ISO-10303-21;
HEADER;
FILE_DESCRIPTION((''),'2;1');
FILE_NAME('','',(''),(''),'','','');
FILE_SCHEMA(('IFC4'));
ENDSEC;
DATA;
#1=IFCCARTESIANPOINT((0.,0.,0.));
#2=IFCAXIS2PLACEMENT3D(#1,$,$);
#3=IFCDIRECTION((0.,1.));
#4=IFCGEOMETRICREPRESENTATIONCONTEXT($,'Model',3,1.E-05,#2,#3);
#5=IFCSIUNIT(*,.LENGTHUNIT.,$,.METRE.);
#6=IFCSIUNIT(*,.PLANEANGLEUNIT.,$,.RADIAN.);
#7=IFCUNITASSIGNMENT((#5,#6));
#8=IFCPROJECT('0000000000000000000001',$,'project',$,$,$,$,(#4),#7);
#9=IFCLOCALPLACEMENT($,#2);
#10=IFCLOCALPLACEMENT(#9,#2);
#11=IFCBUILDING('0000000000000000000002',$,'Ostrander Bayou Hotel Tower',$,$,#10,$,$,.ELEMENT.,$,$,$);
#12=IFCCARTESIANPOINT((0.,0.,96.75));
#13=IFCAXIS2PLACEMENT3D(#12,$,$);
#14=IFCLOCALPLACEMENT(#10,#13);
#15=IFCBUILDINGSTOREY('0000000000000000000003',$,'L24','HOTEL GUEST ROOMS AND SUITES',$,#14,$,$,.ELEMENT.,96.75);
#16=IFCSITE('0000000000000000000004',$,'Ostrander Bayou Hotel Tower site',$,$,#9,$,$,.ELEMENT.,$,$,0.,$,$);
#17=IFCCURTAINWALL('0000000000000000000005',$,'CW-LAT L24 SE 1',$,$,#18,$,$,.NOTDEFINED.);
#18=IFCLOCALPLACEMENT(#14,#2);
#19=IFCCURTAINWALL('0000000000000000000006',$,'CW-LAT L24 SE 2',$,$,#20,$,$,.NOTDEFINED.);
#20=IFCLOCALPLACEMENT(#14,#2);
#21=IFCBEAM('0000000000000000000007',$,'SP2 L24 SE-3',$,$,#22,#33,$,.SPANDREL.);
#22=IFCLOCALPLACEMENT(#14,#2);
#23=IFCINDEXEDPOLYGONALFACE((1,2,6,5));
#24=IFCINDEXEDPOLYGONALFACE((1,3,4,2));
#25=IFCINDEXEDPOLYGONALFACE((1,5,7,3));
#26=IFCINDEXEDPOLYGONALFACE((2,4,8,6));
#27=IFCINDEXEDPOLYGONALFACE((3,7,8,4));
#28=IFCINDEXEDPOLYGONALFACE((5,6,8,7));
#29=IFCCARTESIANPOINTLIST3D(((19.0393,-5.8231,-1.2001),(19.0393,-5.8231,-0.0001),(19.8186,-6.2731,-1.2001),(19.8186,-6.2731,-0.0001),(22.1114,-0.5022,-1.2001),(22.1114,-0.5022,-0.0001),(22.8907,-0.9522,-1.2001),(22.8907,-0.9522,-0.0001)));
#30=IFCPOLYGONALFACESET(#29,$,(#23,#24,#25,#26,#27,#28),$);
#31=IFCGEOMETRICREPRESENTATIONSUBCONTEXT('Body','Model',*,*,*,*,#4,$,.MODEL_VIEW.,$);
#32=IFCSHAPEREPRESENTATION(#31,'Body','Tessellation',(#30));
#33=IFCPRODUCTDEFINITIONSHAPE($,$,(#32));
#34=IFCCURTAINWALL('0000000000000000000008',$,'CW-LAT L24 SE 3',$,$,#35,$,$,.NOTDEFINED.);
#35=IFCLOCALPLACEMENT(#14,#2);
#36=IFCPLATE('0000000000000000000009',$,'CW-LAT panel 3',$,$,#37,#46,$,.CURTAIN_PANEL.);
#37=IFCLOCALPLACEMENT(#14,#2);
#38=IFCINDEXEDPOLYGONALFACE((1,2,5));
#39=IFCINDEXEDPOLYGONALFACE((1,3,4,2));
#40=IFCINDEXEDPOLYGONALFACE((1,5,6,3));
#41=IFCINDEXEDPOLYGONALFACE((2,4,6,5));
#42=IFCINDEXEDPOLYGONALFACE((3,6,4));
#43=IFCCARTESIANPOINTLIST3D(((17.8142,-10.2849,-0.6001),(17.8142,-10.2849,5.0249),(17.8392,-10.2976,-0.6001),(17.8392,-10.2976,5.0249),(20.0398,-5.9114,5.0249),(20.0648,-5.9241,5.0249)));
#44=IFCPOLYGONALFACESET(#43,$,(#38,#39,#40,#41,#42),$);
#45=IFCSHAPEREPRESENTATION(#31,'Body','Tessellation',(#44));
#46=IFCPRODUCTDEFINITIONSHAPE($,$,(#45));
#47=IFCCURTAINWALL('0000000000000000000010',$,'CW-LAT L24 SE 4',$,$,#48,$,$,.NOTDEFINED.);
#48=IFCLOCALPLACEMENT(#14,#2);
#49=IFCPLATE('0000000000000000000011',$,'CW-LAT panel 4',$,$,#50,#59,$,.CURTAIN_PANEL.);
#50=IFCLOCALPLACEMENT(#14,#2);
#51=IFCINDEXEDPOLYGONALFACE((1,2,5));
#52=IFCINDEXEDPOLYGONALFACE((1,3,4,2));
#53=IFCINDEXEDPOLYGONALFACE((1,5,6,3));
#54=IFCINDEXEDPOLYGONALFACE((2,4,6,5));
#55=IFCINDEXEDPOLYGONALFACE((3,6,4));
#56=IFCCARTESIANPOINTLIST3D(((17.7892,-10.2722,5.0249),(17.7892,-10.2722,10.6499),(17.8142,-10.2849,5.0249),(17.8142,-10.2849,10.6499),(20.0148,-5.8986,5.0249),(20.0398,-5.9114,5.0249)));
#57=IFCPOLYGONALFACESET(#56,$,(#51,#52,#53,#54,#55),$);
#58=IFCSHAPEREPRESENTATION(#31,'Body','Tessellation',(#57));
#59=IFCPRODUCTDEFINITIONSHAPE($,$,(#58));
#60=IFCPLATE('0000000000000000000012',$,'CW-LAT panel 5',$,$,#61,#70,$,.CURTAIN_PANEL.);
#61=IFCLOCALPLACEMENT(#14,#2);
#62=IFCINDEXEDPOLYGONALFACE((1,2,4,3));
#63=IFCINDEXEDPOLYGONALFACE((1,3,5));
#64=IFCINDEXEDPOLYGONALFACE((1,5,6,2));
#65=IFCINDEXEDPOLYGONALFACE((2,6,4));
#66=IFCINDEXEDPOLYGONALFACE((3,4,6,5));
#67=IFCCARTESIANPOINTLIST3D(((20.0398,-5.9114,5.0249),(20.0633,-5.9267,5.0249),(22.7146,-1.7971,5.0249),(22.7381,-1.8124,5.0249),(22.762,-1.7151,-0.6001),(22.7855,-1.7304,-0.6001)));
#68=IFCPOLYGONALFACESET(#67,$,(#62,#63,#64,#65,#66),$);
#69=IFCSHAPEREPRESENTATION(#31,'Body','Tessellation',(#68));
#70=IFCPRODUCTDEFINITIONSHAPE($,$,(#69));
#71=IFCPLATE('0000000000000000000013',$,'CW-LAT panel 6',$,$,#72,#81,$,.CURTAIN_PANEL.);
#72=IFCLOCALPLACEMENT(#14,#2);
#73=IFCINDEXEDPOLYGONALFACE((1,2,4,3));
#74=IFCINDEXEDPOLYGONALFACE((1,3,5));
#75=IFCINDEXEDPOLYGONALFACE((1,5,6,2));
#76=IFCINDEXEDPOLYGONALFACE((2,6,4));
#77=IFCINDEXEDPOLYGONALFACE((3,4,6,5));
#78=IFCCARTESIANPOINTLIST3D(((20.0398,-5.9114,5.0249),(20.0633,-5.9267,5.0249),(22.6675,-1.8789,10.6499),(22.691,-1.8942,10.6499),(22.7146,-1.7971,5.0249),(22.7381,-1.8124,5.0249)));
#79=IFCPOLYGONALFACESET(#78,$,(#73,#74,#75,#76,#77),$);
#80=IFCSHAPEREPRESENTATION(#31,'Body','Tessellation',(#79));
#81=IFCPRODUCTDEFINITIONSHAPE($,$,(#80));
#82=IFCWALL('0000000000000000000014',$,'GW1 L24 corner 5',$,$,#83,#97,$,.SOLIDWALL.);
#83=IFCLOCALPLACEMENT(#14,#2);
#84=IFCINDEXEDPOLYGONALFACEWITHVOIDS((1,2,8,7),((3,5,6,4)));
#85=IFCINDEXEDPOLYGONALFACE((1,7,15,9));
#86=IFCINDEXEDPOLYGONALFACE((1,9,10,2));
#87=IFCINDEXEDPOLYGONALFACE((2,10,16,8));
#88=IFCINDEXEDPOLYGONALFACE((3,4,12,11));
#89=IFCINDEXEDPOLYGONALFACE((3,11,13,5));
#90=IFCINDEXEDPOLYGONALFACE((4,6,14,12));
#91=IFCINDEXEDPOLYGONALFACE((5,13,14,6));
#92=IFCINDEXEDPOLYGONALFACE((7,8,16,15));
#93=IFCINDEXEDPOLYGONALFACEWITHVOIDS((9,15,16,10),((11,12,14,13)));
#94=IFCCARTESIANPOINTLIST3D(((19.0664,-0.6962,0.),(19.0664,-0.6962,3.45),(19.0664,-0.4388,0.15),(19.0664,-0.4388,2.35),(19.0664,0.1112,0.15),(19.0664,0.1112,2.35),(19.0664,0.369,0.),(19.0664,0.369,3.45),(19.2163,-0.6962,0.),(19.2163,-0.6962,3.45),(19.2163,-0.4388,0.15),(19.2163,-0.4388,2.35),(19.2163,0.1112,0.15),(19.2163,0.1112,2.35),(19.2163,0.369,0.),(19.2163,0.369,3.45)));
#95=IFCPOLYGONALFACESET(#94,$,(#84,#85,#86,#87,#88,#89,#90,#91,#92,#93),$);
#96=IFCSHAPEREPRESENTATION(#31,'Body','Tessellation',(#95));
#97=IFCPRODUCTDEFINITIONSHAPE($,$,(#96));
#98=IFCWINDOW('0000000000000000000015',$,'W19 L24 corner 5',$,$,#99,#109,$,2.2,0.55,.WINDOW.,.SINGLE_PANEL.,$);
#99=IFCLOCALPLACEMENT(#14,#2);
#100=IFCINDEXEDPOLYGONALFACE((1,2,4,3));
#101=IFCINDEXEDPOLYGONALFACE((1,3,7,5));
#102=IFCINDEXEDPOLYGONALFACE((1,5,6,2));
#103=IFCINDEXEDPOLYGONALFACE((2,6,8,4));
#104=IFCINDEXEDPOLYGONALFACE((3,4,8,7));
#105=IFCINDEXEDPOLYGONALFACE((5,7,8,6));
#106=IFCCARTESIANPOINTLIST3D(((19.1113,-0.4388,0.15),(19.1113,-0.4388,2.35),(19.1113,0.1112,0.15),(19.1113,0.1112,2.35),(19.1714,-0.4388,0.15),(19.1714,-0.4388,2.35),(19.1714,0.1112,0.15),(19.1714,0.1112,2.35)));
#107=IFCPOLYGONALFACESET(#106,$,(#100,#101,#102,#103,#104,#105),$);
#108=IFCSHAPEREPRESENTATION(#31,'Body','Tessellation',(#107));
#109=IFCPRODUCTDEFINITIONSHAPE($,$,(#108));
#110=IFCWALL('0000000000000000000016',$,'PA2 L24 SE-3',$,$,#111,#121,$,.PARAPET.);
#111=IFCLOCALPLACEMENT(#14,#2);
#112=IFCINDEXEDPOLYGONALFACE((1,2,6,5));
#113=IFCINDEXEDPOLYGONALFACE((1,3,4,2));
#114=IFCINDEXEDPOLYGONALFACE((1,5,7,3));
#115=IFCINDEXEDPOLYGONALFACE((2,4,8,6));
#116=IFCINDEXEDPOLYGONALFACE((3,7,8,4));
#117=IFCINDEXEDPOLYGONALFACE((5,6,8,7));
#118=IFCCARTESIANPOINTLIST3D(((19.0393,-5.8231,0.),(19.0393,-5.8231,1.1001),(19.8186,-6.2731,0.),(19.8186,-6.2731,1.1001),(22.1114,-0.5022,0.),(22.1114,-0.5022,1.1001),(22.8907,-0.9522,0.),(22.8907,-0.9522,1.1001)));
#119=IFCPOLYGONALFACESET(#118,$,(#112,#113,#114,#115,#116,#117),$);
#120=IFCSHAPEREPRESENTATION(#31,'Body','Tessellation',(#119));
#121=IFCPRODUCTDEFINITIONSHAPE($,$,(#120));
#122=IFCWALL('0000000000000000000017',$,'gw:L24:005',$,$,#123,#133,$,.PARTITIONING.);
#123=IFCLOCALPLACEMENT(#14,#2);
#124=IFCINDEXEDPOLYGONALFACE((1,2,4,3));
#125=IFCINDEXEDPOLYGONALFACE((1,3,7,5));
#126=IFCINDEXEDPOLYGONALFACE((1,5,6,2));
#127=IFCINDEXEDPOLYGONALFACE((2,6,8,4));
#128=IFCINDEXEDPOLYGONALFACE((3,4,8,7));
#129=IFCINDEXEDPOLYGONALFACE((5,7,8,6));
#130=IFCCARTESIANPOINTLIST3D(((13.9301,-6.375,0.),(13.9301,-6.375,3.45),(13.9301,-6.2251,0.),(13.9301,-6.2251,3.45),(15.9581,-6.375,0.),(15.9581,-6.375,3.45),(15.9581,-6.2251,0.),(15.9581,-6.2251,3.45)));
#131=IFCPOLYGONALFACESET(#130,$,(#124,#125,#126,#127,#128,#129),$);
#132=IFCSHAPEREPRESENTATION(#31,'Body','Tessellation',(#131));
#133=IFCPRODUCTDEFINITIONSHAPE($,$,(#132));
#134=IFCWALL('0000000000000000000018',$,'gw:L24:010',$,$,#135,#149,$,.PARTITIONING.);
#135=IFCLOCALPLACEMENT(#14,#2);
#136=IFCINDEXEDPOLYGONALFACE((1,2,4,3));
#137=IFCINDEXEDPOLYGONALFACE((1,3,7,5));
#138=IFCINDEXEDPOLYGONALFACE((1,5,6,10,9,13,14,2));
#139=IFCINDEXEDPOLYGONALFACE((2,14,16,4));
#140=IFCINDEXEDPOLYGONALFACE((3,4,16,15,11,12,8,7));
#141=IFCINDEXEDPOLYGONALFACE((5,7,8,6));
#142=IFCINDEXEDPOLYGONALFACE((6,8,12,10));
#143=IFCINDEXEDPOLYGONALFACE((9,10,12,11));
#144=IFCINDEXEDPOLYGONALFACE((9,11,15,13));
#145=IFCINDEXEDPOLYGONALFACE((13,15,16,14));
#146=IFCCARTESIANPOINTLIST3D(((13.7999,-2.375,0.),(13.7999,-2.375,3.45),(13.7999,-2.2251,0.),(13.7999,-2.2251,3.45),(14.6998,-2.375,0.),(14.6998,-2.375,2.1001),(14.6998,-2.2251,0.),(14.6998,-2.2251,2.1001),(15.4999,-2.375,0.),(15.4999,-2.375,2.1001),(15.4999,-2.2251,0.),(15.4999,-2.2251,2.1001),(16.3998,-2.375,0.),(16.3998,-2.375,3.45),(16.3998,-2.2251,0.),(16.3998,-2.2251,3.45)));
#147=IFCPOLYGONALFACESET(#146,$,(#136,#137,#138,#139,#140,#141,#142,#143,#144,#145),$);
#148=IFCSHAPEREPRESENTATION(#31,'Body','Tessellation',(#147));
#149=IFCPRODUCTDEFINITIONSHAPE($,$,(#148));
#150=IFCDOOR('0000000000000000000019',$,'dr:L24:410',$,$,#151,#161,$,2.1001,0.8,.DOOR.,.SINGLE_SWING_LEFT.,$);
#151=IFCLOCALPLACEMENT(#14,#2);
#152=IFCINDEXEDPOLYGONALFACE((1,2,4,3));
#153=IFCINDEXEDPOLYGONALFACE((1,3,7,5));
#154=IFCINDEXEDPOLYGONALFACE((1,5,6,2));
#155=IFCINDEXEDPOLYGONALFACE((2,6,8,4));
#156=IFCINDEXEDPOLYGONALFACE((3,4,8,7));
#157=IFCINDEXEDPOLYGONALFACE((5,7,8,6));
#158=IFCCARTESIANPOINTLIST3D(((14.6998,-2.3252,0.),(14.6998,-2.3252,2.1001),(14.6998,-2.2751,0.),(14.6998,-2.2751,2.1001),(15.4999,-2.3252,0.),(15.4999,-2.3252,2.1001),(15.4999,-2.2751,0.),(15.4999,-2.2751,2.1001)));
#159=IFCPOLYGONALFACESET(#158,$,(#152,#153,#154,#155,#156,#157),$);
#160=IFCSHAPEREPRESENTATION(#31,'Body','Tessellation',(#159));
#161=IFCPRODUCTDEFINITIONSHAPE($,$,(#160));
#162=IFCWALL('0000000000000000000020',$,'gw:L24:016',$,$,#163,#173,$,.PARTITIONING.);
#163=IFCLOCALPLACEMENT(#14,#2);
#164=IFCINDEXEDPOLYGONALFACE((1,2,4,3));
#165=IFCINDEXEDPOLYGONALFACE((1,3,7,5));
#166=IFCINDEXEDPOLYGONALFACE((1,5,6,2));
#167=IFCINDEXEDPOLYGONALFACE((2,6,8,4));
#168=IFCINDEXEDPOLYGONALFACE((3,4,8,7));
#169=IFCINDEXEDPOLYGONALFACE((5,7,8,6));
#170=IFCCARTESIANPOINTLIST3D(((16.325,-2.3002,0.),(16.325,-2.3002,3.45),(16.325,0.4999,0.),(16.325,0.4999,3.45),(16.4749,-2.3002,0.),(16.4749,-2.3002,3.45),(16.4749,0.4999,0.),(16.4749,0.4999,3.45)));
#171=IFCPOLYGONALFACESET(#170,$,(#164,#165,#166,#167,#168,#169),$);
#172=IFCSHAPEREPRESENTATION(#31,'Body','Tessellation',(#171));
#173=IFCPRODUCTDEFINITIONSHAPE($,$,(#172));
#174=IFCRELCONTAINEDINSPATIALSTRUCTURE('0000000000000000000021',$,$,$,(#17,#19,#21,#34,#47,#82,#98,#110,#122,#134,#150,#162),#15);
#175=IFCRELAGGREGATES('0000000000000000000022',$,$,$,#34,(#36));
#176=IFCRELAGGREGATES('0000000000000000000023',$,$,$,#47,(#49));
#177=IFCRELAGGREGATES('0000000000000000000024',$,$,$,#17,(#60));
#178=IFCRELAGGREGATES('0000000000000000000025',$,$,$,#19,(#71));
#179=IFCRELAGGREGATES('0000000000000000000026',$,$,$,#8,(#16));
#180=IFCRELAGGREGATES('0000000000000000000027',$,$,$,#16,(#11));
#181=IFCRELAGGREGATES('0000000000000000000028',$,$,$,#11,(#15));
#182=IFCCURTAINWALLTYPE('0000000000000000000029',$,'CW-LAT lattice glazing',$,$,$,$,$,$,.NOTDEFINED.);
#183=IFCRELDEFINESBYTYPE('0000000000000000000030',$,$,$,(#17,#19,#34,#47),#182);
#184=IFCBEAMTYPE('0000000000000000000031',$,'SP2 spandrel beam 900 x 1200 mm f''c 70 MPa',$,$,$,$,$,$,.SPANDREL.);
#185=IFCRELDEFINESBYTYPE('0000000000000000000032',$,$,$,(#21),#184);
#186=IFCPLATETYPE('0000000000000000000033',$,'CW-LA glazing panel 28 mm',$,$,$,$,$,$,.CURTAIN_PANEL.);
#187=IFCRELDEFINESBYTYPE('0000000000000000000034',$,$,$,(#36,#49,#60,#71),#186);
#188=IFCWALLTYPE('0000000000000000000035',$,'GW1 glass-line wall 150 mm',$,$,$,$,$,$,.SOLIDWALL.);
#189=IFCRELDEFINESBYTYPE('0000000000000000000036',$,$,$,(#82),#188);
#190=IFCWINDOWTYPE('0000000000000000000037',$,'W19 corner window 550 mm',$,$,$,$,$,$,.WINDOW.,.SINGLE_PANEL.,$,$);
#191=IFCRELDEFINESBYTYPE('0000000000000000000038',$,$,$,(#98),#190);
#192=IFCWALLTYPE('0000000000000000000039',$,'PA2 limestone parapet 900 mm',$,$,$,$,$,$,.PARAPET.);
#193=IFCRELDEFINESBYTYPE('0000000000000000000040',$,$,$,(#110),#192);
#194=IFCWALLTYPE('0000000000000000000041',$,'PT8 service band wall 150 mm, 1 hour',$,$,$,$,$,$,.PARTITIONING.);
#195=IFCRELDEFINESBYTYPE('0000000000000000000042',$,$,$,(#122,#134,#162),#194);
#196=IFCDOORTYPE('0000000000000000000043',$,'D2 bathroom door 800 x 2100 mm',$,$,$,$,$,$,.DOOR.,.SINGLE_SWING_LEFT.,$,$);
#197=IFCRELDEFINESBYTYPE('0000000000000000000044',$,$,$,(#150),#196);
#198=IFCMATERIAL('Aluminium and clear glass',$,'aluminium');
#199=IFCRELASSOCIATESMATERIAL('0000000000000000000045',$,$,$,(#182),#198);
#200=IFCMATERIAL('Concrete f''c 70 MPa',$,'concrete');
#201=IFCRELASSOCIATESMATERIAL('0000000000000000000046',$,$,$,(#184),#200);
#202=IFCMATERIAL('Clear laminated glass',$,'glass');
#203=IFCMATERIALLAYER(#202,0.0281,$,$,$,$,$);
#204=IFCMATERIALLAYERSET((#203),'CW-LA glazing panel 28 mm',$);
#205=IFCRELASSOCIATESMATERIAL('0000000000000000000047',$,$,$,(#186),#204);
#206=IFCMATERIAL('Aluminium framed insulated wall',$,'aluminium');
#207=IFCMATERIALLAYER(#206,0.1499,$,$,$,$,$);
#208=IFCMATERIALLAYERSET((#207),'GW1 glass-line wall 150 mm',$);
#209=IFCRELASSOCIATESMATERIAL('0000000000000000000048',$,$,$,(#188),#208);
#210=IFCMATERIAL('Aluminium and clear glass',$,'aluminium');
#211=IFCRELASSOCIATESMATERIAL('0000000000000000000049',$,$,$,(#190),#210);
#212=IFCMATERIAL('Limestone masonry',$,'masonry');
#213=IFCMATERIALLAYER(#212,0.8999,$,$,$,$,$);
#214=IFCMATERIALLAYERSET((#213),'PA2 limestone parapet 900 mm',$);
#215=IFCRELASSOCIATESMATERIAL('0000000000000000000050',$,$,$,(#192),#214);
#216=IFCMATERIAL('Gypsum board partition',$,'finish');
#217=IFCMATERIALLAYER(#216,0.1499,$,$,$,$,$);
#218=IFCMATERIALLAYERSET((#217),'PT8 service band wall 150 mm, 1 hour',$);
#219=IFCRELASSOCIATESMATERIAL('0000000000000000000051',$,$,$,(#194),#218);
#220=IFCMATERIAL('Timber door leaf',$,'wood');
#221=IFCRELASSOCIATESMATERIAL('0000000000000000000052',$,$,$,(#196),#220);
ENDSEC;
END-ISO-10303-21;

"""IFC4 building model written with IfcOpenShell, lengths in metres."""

from ifc_helpers import new_model, si_unit, direction, frame, frame_2d, origin, origin_2d, place, context, subcontext, project, spatial, polyline, rectangle, outline, extrude, material, layer, layer_set, material_profile, profile_set, type_object, element, fill, aggregate, save


model = new_model("IFC4")

# Units and contexts
model_context = context("Model", 3, precision=1e-05, world=origin(), true_north=direction((0.0, 1.0)))
body_context = subcontext(model_context, "Body", "Model", "MODEL_VIEW")
ifc_project = project(units=[si_unit("LENGTHUNIT", "METRE"), si_unit("PLANEANGLEUNIT", "RADIAN")], contexts=[model_context])

# Site, building, storey
site_placement = place(None, origin())
site = spatial("IfcSite", under=ifc_project, at=site_placement, Name="Ostrander Bayou Hotel Tower site", CompositionType="ELEMENT", RefElevation=0.0)
building_placement = place(site_placement, origin())
building = spatial("IfcBuilding", under=site, at=building_placement, Name="Ostrander Bayou Hotel Tower", CompositionType="ELEMENT")
storey_placement = place(building_placement, frame((0.0, 0.0, 96.75)))
storey = spatial("IfcBuildingStorey", under=building, at=storey_placement, Name="L24", Description="HOTEL GUEST ROOMS AND SUITES", CompositionType="ELEMENT", Elevation=96.75)

# Curtain wall
ifc_material_1 = material(Name="Aluminium and clear glass", Category="aluminium")
curtain_wall_type = type_object("IfcCurtainWallType", Name="CW-LAT lattice glazing", PredefinedType="NOTDEFINED", material=ifc_material_1)
curtain_wall_1_placement = place(storey_placement, origin())
curtain_wall_1 = element("IfcCurtainWall", 1, at=curtain_wall_1_placement, inside=storey, type_object=curtain_wall_type, Name="CW-LAT L24 SE 1", PredefinedType="NOTDEFINED")

# Curtain wall
curtain_wall_2_placement = place(storey_placement, origin())
curtain_wall_2 = element("IfcCurtainWall", 2, at=curtain_wall_2_placement, inside=storey, type_object=curtain_wall_type, Name="CW-LAT L24 SE 2", PredefinedType="NOTDEFINED")

# Beam
ifc_material_2 = material(Name="Concrete f'c 70 MPa", Category="concrete")
ifc_material_profile_1 = material_profile(ifc_material_2, rectangle(XDim=0.8999, YDim=1.2, at=origin_2d()))
ifc_profile_set_1 = profile_set([ifc_material_profile_1], Name="Concrete f'c 70 MPa")
beam_type_1 = type_object("IfcBeamType", Name="SP2 spandrel beam 900 x 1200 mm f'c 70 MPa", PredefinedType="SPANDREL", material=ifc_profile_set_1)
beam_1_placement = place(storey_placement, frame((19.429, -6.0481, -0.6001), z_axis=(0.500007, 0.866021, 0.0), x_axis=(-0.866021, 0.500007, 0.0)))
element("IfcBeam", 3, at=beam_1_placement, inside=storey, type_object=beam_type_1, Name="SP2 L24 SE-3", PredefinedType="SPANDREL", context=body_context, shape_type="SweptSolid", body=[
    extrude(rectangle(XDim=0.8999, YDim=1.2, at=origin_2d()), origin(), (0.0, 0.0, 1.0), 6.144),
])

# Curtain walls, plates
curtain_wall_3_placement = place(storey_placement, origin())
curtain_wall_3 = element("IfcCurtainWall", 4, at=curtain_wall_3_placement, inside=storey, type_object=curtain_wall_type, Name="CW-LAT L24 SE 3", PredefinedType="NOTDEFINED")
ifc_material_3 = material(Name="Clear laminated glass", Category="glass")
ifc_layer_1 = layer(ifc_material_3, 0.0281)
ifc_layer_set_1 = layer_set([ifc_layer_1], Name="CW-LA glazing panel 28 mm")
plate_type = type_object("IfcPlateType", Name="CW-LA glazing panel 28 mm", PredefinedType="CURTAIN_PANEL", material=ifc_layer_set_1)
plate_1_placement = place(storey_placement, frame((20.0398, -5.9114, 5.0249), z_axis=(-0.891241, 0.453531, 0.0), x_axis=(-0.298148, -0.585896, -0.753547)))
plate_1 = element("IfcPlate", 5, at=plate_1_placement, type_object=plate_type, Name="CW-LAT panel 3", PredefinedType="CURTAIN_PANEL", context=body_context, shape_type="SweptSolid", body=[
    extrude(outline(polyline([(0.0, 0.0), (7.4647, 0.0), (3.226, 3.6978), (0.0, 0.0)])), origin(), (0.0, 0.0, -1.0), 0.0281),
])
aggregate(curtain_wall_3, [plate_1])
curtain_wall_4_placement = place(storey_placement, origin())
curtain_wall_4 = element("IfcCurtainWall", 6, at=curtain_wall_4_placement, inside=storey, type_object=curtain_wall_type, Name="CW-LAT L24 SE 4", PredefinedType="NOTDEFINED")
plate_2_placement = place(storey_placement, frame((20.0398, -5.9114, 5.0249), z_axis=(0.891241, -0.453531, 0.0), x_axis=(-0.298148, -0.585896, 0.753547)))
plate_2 = element("IfcPlate", 7, at=plate_2_placement, type_object=plate_type, Name="CW-LAT panel 4", PredefinedType="CURTAIN_PANEL", context=body_context, shape_type="SweptSolid", body=[
    extrude(outline(polyline([(0.0, 0.0), (7.4647, 0.0), (3.226, 3.6978), (0.0, 0.0)])), origin(), (0.0, 0.0, -1.0), 0.0281),
])
aggregate(curtain_wall_4, [plate_2])

# Plates
plate_3_placement = place(storey_placement, frame((20.0398, -5.9114, 5.0249), z_axis=(-0.838393, 0.545065, 0.000889), x_axis=(0.361641, 0.557479, -0.747284)))
plate_3 = element("IfcPlate", 8, at=plate_3_placement, type_object=plate_type, Name="CW-LAT panel 5", PredefinedType="CURTAIN_PANEL", context=body_context, shape_type="SweptSolid", body=[
    extrude(outline(polyline([(0.0, 0.0), (7.5273, 0.0), (3.2609, -3.6672), (0.0, 0.0)])), origin(), (0.0, 0.0, -1.0), 0.0281),
])
aggregate(curtain_wall_1, [plate_3])
plate_4_placement = place(storey_placement, frame((20.0398, -5.9114, 5.0249), z_axis=(-0.838393, 0.545065, 0.000902), x_axis=(0.354943, 0.544699, 0.759815)))
plate_4 = element("IfcPlate", 9, at=plate_4_placement, type_object=plate_type, Name="CW-LAT panel 6", PredefinedType="CURTAIN_PANEL", context=body_context, shape_type="SweptSolid", body=[
    extrude(outline(polyline([(0.0, 0.0), (7.4031, 0.0), (3.1904, 3.7286), (0.0, 0.0)])), origin(), (0.0, 0.0, -1.0), 0.0281),
])
aggregate(curtain_wall_2, [plate_4])

# Wall, opening, window
ifc_material_4 = material(Name="Aluminium framed insulated wall", Category="aluminium")
ifc_layer_2 = layer(ifc_material_4, 0.1499)
ifc_layer_set_2 = layer_set([ifc_layer_2], Name="GW1 glass-line wall 150 mm")
wall_type_1 = type_object("IfcWallType", Name="GW1 glass-line wall 150 mm", PredefinedType="SOLIDWALL", material=ifc_layer_set_2)
wall_1_placement = place(storey_placement, frame((19.1414, -0.6963, 0.0), z_axis=(0.0, 0.0, 1.0), x_axis=(0.0, 1.0, 0.0)))
wall_1 = element("IfcWall", 10, at=wall_1_placement, inside=storey, type_object=wall_type_1, Name="GW1 L24 corner 5", PredefinedType="SOLIDWALL", context=body_context, shape_type="SweptSolid", body=[
    extrude(rectangle(XDim=1.0652, YDim=0.1499, at=frame_2d((0.5327, 0.0))), origin(), (0.0, 0.0, 1.0), 3.45),
])
opening_1_placement = place(wall_1_placement, frame((0.2576, 0.0, 0.1499)))
opening_1 = element("IfcOpeningElement", 11, at=opening_1_placement, cuts=wall_1, PredefinedType="OPENING", context=body_context, shape_type="SweptSolid", body=[
    extrude(rectangle(XDim=0.55, YDim=2.2, at=frame_2d((0.2749, 1.1001))), frame((0.0, 0.075, 0.0), z_axis=(0.0, -1.0, 0.0), x_axis=(1.0, 0.0, 0.0)), (0.0, 0.0, 1.0), 0.1499),
])
ifc_material_5 = material(Name="Aluminium and clear glass", Category="aluminium")
window_type = type_object("IfcWindowType", Name="W19 corner window 550 mm", PartitioningType="SINGLE_PANEL", PredefinedType="WINDOW", material=ifc_material_5)
window_placement = place(opening_1_placement, origin())
window = element("IfcWindow", 12, at=window_placement, inside=storey, type_object=window_type, Name="W19 L24 corner 5", OverallHeight=2.2, OverallWidth=0.55, PartitioningType="SINGLE_PANEL", PredefinedType="WINDOW", context=body_context, shape_type="SweptSolid", body=[
    extrude(rectangle(XDim=0.55, YDim=2.2, at=frame_2d((0.2749, 1.1001))), frame((0.0, 0.03, 0.0), z_axis=(0.0, -1.0, 0.0), x_axis=(1.0, 0.0, 0.0)), (0.0, 0.0, 1.0), 0.0601),
])
fill(opening_1, window)

# Walls
ifc_material_6 = material(Name="Limestone masonry", Category="masonry")
ifc_layer_3 = layer(ifc_material_6, 0.8999)
ifc_layer_set_3 = layer_set([ifc_layer_3], Name="PA2 limestone parapet 900 mm")
wall_type_2 = type_object("IfcWallType", Name="PA2 limestone parapet 900 mm", PredefinedType="PARAPET", material=ifc_layer_set_3)
wall_2_placement = place(storey_placement, frame((19.429, -6.0481, 0.0), z_axis=(0.0, 0.0, 1.0), x_axis=(0.500007, 0.866021, 0.0)))
element("IfcWall", 13, at=wall_2_placement, inside=storey, type_object=wall_type_2, Name="PA2 L24 SE-3", PredefinedType="PARAPET", context=body_context, shape_type="SweptSolid", body=[
    extrude(rectangle(XDim=6.144, YDim=0.8999, at=frame_2d((3.072, 0.0))), origin(), (0.0, 0.0, 1.0), 1.1001),
])
ifc_material_7 = material(Name="Gypsum board partition", Category="finish")
ifc_layer_4 = layer(ifc_material_7, 0.1499)
ifc_layer_set_4 = layer_set([ifc_layer_4], Name="PT8 service band wall 150 mm, 1 hour")
wall_type_3 = type_object("IfcWallType", Name="PT8 service band wall 150 mm, 1 hour", PredefinedType="PARTITIONING", material=ifc_layer_set_4)
wall_3_placement = place(storey_placement, frame((13.9299, -6.3, 0.0), z_axis=(0.0, 0.0, 1.0), x_axis=(1.0, 0.0, 0.0)))
element("IfcWall", 14, at=wall_3_placement, inside=storey, type_object=wall_type_3, Name="gw:L24:005", PredefinedType="PARTITIONING", context=body_context, shape_type="SweptSolid", body=[
    extrude(rectangle(XDim=2.0281, YDim=0.1499, at=frame_2d((1.0142, 0.0))), origin(), (0.0, 0.0, 1.0), 3.45),
])

# Wall, opening, door
wall_4_placement = place(storey_placement, frame((13.8, -2.3, 0.0), z_axis=(0.0, 0.0, 1.0), x_axis=(1.0, 0.0, 0.0)))
wall_4 = element("IfcWall", 15, at=wall_4_placement, inside=storey, type_object=wall_type_3, Name="gw:L24:010", PredefinedType="PARTITIONING", context=body_context, shape_type="SweptSolid", body=[
    extrude(rectangle(XDim=2.5999, YDim=0.1499, at=frame_2d((1.2998, 0.0))), origin(), (0.0, 0.0, 1.0), 3.45),
])
opening_2_placement = place(wall_4_placement, frame((0.8999, 0.0, 0.0)))
opening_2 = element("IfcOpeningElement", 16, at=opening_2_placement, cuts=wall_4, PredefinedType="OPENING", context=body_context, shape_type="SweptSolid", body=[
    extrude(rectangle(XDim=0.8, YDim=2.1001, at=frame_2d((0.3999, 1.05))), frame((0.0, 0.075, 0.0), z_axis=(0.0, -1.0, 0.0), x_axis=(1.0, 0.0, 0.0)), (0.0, 0.0, 1.0), 0.1499),
])
ifc_material_8 = material(Name="Timber door leaf", Category="wood")
door_type_1 = type_object("IfcDoorType", Name="D2 bathroom door 800 x 2100 mm", OperationType="SINGLE_SWING_LEFT", PredefinedType="DOOR", material=ifc_material_8)
door_1_placement = place(opening_2_placement, origin())
door_1 = element("IfcDoor", 17, at=door_1_placement, inside=storey, type_object=door_type_1, Name="dr:L24:410", OperationType="SINGLE_SWING_LEFT", OverallHeight=2.1001, OverallWidth=0.8, PredefinedType="DOOR", context=body_context, shape_type="SweptSolid", body=[
    extrude(rectangle(XDim=0.8, YDim=2.1001, at=frame_2d((0.3999, 1.05))), frame((0.0, 0.0249, 0.0), z_axis=(0.0, -1.0, 0.0), x_axis=(1.0, 0.0, 0.0)), (0.0, 0.0, 1.0), 0.05),
])
fill(opening_2, door_1)

# Wall
wall_5_placement = place(storey_placement, frame((16.3999, -2.3, 0.0), z_axis=(0.0, 0.0, 1.0), x_axis=(0.0, 1.0, 0.0)))
element("IfcWall", 18, at=wall_5_placement, inside=storey, type_object=wall_type_3, Name="gw:L24:016", PredefinedType="PARTITIONING", context=body_context, shape_type="SweptSolid", body=[
    extrude(rectangle(XDim=2.8, YDim=0.1499, at=frame_2d((1.3999, 0.0))), origin(), (0.0, 0.0, 1.0), 3.45),
])

save(model, "model.ifc")
